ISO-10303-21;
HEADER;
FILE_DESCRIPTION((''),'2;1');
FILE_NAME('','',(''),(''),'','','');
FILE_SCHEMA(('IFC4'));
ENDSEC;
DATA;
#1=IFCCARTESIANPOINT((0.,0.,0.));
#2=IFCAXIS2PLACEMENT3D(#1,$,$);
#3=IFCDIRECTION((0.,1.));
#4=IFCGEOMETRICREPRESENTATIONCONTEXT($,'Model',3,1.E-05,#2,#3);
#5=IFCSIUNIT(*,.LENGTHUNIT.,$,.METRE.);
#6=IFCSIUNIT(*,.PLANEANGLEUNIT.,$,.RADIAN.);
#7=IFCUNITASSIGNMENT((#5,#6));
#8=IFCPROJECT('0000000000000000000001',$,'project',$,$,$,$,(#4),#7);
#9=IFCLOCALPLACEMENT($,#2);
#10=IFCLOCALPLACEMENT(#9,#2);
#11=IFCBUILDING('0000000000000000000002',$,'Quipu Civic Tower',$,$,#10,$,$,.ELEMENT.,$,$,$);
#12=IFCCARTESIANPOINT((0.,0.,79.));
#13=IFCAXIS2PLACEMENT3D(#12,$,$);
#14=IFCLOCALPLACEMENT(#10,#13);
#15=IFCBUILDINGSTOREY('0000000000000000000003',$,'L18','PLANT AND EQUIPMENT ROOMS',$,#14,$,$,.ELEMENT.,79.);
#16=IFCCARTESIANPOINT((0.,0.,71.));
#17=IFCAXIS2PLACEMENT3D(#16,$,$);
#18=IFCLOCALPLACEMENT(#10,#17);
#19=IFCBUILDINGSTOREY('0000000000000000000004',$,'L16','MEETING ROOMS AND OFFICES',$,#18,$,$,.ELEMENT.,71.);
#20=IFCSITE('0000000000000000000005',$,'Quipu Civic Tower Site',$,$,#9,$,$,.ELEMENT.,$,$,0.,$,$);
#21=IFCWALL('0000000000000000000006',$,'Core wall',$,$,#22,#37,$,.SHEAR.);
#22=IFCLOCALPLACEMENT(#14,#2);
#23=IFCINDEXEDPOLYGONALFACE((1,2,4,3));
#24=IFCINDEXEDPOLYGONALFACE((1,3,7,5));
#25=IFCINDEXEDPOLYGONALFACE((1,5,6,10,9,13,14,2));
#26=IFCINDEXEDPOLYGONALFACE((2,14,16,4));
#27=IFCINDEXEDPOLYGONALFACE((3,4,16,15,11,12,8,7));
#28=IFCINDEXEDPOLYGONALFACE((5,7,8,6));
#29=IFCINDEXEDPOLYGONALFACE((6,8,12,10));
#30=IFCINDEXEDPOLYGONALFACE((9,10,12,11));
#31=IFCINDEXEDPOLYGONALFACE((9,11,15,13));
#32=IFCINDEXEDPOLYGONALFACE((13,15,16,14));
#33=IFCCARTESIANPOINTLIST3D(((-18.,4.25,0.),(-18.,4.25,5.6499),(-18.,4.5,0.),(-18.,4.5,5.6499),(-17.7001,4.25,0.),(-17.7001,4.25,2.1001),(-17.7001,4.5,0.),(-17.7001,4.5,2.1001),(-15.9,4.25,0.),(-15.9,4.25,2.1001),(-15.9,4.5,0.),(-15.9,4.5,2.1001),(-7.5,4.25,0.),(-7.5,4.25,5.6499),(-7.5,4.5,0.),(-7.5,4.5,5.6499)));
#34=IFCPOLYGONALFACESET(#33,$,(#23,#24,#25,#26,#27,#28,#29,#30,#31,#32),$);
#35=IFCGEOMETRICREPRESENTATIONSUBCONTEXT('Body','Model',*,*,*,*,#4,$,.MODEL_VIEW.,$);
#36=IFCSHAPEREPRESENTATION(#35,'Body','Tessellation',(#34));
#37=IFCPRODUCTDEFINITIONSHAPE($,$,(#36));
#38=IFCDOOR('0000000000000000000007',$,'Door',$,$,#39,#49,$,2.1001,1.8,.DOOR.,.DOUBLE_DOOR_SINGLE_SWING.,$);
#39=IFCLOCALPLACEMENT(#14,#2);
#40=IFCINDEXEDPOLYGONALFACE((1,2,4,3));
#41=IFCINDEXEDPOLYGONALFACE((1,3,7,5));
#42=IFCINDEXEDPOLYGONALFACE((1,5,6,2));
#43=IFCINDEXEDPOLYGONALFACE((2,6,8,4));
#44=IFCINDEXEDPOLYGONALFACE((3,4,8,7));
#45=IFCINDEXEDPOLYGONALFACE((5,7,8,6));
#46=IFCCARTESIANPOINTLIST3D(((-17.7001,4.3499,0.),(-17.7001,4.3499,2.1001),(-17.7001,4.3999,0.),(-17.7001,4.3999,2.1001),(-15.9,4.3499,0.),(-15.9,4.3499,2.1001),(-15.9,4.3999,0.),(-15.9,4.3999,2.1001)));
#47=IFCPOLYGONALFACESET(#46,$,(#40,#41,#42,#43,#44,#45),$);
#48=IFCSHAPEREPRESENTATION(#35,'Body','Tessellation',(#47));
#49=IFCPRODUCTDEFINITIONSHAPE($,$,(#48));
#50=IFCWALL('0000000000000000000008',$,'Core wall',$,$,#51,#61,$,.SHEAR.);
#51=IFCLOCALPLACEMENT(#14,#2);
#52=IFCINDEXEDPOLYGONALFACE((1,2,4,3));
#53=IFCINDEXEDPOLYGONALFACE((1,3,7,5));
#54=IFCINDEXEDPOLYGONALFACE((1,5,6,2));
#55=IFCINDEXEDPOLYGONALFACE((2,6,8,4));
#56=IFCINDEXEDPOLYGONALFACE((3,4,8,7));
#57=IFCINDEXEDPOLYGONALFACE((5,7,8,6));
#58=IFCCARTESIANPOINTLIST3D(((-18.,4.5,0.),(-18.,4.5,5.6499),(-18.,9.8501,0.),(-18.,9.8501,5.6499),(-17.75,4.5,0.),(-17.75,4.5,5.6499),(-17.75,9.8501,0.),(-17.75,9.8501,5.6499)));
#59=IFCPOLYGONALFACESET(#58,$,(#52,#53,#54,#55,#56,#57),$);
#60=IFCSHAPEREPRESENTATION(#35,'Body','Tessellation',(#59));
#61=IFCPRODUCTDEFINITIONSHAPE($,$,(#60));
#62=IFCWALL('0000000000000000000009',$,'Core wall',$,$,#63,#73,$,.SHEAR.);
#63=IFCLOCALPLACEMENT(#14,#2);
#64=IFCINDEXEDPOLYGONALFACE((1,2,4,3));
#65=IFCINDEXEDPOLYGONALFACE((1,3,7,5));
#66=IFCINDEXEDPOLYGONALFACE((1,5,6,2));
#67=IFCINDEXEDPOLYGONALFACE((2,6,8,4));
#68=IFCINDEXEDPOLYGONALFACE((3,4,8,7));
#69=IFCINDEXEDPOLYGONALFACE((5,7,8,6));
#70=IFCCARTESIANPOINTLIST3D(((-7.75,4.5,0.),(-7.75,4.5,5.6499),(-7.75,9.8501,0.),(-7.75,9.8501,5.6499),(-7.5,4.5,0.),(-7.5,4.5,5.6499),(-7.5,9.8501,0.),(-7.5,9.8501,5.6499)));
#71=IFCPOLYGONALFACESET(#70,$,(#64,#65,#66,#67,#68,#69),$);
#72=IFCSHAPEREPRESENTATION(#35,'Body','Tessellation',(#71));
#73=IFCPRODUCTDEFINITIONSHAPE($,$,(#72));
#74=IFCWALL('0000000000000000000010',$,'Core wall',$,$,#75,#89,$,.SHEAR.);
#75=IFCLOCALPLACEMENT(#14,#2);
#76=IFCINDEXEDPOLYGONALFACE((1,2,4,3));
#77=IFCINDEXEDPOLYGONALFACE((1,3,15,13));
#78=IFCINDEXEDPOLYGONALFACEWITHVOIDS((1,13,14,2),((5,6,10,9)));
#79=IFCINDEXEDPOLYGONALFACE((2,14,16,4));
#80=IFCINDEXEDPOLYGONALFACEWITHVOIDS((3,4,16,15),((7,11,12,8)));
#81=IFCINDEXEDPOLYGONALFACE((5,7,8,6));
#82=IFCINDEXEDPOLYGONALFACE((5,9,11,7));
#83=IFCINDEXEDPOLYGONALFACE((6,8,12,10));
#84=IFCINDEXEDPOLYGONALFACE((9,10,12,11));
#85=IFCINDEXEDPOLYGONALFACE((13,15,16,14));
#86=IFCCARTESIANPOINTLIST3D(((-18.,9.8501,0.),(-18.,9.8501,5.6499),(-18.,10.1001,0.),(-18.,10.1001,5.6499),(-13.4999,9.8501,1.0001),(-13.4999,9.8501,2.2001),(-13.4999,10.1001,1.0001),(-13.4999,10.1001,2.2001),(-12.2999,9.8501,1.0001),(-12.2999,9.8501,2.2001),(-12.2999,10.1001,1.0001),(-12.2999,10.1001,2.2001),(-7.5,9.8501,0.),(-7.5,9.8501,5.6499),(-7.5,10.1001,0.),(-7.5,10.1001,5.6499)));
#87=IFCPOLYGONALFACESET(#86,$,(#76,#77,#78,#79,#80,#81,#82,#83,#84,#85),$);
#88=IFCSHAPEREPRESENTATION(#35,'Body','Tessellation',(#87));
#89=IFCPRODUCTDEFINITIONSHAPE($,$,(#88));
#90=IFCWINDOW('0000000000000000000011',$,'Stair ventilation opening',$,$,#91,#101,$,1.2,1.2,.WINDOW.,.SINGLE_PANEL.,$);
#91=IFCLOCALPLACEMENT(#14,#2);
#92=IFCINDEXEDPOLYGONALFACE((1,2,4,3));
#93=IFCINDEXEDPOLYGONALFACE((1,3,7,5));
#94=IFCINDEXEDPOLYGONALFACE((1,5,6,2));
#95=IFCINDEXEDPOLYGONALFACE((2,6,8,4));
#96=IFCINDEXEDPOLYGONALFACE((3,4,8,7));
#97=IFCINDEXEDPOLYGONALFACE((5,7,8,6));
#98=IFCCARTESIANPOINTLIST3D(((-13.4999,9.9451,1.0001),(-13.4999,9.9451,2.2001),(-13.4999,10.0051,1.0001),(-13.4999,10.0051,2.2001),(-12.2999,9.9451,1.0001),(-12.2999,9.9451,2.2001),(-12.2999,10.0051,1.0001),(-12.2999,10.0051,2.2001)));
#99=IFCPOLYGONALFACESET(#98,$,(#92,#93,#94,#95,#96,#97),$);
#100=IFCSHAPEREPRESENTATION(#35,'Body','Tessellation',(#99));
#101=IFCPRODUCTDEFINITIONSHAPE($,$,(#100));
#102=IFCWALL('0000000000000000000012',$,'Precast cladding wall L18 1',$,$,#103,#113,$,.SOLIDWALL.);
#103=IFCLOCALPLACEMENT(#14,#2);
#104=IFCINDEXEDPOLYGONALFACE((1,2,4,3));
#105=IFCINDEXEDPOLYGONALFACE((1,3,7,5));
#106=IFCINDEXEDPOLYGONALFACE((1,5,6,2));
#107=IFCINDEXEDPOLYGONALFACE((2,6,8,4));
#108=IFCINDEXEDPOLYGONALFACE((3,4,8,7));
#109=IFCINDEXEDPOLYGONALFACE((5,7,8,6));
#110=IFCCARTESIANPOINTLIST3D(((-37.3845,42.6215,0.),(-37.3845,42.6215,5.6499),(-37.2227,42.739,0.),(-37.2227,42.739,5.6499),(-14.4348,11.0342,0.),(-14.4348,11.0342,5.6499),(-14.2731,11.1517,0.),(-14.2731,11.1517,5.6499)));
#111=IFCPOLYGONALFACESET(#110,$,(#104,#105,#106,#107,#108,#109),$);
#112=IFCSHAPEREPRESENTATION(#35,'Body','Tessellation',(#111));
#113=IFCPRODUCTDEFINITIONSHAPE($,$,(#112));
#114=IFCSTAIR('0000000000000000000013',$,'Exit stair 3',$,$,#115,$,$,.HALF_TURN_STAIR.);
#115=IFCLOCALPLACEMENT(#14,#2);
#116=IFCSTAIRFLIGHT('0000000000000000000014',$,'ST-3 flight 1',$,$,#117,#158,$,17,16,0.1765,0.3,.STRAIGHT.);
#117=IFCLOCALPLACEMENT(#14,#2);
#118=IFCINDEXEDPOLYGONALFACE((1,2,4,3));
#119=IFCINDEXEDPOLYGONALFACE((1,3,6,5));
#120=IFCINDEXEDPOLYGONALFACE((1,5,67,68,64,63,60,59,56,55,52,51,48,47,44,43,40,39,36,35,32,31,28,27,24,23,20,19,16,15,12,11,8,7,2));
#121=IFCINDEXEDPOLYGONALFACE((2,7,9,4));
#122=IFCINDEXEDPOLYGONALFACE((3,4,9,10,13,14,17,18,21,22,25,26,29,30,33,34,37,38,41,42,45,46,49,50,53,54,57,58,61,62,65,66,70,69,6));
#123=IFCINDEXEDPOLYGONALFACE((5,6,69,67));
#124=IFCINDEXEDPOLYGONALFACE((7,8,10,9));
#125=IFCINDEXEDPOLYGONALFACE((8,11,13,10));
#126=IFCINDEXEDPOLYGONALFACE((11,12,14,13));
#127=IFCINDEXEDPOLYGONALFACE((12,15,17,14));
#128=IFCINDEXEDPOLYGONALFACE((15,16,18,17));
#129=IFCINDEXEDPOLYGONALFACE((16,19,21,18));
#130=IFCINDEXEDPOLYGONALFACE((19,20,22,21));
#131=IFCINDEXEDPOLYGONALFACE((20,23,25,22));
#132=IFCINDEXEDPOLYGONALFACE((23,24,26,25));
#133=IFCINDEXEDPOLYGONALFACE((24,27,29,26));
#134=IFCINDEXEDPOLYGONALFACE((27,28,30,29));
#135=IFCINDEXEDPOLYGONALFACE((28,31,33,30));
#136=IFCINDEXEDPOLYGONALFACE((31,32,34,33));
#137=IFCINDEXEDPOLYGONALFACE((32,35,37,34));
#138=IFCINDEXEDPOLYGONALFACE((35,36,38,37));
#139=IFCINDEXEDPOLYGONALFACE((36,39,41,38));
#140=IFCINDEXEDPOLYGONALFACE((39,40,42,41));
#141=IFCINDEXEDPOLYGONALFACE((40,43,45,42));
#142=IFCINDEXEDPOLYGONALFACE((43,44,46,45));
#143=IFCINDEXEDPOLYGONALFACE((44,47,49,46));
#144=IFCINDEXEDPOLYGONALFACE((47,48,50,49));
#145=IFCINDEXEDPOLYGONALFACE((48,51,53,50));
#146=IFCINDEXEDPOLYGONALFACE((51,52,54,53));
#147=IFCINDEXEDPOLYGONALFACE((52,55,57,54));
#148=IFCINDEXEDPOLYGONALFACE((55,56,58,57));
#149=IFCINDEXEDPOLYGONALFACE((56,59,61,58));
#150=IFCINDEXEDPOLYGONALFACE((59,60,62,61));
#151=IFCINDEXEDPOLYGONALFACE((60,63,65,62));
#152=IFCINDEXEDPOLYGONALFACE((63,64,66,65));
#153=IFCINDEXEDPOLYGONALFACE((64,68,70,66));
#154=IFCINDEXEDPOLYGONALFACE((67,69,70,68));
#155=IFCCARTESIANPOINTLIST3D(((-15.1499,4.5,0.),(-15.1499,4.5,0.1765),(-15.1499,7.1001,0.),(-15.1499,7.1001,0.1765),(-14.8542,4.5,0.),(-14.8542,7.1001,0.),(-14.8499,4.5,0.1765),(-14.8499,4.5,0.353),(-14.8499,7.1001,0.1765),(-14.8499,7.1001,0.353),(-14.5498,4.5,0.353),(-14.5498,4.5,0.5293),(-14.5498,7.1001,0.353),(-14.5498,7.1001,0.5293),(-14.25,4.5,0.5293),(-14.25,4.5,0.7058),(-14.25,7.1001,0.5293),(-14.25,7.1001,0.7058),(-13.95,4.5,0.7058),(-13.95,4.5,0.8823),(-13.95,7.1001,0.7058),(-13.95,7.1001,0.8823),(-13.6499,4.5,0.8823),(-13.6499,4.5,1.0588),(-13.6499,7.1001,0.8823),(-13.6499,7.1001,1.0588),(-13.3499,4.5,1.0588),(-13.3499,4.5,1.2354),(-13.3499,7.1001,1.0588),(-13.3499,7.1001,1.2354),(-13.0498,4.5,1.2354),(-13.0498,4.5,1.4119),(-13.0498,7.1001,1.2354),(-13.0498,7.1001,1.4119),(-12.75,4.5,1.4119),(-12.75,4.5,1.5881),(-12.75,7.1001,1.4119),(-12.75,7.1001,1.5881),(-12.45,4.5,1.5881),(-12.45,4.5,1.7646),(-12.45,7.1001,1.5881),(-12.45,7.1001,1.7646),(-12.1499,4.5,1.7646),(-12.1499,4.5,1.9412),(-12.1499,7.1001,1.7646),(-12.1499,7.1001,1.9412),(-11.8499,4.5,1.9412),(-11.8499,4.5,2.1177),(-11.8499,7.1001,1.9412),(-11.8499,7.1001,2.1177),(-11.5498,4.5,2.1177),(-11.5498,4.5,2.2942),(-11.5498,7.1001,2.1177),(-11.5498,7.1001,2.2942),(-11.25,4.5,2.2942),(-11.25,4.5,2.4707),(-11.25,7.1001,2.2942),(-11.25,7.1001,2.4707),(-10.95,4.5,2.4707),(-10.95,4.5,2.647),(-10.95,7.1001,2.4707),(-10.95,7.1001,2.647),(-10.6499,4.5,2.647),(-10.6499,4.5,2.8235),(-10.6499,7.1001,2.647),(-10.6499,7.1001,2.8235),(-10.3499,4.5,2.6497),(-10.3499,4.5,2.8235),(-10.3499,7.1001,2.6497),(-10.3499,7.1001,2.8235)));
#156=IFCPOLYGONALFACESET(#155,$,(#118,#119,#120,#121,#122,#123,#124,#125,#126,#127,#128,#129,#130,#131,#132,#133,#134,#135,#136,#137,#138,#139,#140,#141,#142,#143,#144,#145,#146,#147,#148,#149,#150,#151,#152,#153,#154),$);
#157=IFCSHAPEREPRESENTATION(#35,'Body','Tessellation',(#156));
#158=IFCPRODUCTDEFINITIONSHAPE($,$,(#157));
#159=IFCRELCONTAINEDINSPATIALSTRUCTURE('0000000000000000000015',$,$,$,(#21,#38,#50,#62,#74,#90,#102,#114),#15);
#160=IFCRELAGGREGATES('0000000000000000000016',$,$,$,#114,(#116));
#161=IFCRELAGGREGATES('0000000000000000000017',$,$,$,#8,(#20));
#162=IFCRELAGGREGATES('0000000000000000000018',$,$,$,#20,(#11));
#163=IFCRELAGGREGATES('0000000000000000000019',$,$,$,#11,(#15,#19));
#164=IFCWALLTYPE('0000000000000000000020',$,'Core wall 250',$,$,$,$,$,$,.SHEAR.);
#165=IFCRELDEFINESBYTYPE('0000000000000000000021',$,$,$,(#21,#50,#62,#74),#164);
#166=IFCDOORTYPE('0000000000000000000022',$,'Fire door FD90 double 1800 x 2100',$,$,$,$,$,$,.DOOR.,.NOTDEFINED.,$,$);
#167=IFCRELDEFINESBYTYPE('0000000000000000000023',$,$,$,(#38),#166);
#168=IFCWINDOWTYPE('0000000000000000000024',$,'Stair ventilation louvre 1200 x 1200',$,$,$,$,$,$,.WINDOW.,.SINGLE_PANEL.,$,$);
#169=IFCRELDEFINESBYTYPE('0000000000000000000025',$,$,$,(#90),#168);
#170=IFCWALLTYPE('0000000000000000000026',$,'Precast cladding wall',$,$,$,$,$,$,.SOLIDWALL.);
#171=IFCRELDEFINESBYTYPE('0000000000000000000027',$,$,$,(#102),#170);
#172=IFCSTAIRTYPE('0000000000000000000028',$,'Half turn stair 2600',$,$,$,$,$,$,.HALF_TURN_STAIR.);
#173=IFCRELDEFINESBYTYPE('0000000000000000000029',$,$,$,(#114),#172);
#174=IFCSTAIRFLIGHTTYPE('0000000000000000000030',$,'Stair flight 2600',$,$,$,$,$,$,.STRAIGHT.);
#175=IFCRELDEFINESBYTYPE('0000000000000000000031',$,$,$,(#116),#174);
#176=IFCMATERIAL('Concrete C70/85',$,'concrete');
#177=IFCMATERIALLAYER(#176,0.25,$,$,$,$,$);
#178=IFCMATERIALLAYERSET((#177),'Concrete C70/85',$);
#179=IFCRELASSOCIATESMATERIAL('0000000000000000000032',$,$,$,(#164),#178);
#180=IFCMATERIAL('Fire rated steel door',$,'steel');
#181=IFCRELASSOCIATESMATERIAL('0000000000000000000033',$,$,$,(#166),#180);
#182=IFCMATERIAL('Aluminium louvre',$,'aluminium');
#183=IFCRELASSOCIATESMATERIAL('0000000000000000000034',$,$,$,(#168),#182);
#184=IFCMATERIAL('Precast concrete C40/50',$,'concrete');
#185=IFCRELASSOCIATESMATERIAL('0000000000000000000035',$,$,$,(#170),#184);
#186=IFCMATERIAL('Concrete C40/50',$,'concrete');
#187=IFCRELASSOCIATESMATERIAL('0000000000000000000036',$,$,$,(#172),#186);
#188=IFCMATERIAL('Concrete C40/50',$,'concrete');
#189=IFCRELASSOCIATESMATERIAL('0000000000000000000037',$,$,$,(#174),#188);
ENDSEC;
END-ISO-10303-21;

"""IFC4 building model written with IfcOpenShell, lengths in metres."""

from ifc_helpers import new_model, si_unit, direction, frame, frame_2d, origin, place, context, subcontext, project, spatial, polyline, rectangle, outline, extrude, material, layer, layer_set, type_object, element, fill, aggregate, save


model = new_model("IFC4")

# Units and contexts
model_context = context("Model", 3, precision=1e-05, world=origin(), true_north=direction((0.0, 1.0)))
body_context = subcontext(model_context, "Body", "Model", "MODEL_VIEW")
ifc_project = project(units=[si_unit("LENGTHUNIT", "METRE"), si_unit("PLANEANGLEUNIT", "RADIAN")], contexts=[model_context])

# Site, building, storey
site_placement = place(None, origin())
site = spatial("IfcSite", under=ifc_project, at=site_placement, Name="Quipu Civic Tower Site", CompositionType="ELEMENT", RefElevation=0.0)
building_placement = place(site_placement, origin())
building = spatial("IfcBuilding", under=site, at=building_placement, Name="Quipu Civic Tower", CompositionType="ELEMENT")
storey_1_placement = place(building_placement, frame((0.0, 0.0, 79.0)))
storey_1 = spatial("IfcBuildingStorey", under=building, at=storey_1_placement, Name="L18", Description="PLANT AND EQUIPMENT ROOMS", CompositionType="ELEMENT", Elevation=79.0)

# Shared definitions
storey_2_placement = place(building_placement, frame((0.0, 0.0, 71.0)))
storey_2 = spatial("IfcBuildingStorey", under=building, at=storey_2_placement, Name="L16", Description="MEETING ROOMS AND OFFICES", CompositionType="ELEMENT", Elevation=71.0)

# Shared definitions
ifc_material_1 = material(Name="Concrete C70/85", Category="concrete")
ifc_layer_1 = layer(ifc_material_1, 0.25)
ifc_layer_set_1 = layer_set([ifc_layer_1], Name="Concrete C70/85")
wall_type_1 = type_object("IfcWallType", Name="Core wall 250", PredefinedType="SHEAR", material=ifc_layer_set_1)

# Wall, opening, door
wall_1_placement = place(storey_1_placement, frame((-18.0, 4.375, 0.0), z_axis=(0.0, 0.0, 1.0), x_axis=(1.0, 0.0, 0.0)))
wall_1 = element("IfcWall", 1, at=wall_1_placement, inside=storey_1, type_object=wall_type_1, Name="Core wall", PredefinedType="SHEAR", context=body_context, shape_type="SweptSolid", body=[
    extrude(rectangle(XDim=10.5, YDim=0.25, at=frame_2d((5.25, 0.0))), origin(), (0.0, 0.0, 1.0), 5.6499),
])
opening_1_placement = place(wall_1_placement, frame((0.3, 0.0, 0.0)))
opening_1 = element("IfcOpeningElement", 2, at=opening_1_placement, cuts=wall_1, PredefinedType="OPENING", context=body_context, shape_type="SweptSolid", body=[
    extrude(rectangle(XDim=1.8, YDim=2.1001, at=frame_2d((0.8999, 1.05))), frame((0.0, 0.135, 0.0), z_axis=(0.0, -1.0, 0.0), x_axis=(1.0, 0.0, 0.0)), (0.0, 0.0, 1.0), 0.27),
])
ifc_material_2 = material(Name="Fire rated steel door", Category="steel")
door_type = type_object("IfcDoorType", Name="Fire door FD90 double 1800 x 2100", OperationType="NOTDEFINED", PredefinedType="DOOR", material=ifc_material_2)
door_placement = place(opening_1_placement, origin())
door = element("IfcDoor", 3, at=door_placement, inside=storey_1, type_object=door_type, Name="Door", OperationType="DOUBLE_DOOR_SINGLE_SWING", OverallHeight=2.1001, OverallWidth=1.8, PredefinedType="DOOR", context=body_context, shape_type="SweptSolid", body=[
    extrude(rectangle(XDim=1.8, YDim=2.1001, at=frame_2d((0.8999, 1.05))), frame((0.0, 0.0249, 0.0), z_axis=(0.0, -1.0, 0.0), x_axis=(1.0, 0.0, 0.0)), (0.0, 0.0, 1.0), 0.05),
])
fill(opening_1, door)

# Walls
for number, where, z_axis, x_axis, name in (
    (4, (-17.875, 4.5, 0.0), (0.0, 0.0, 1.0), (0.0, 1.0, 0.0), "Core wall"),
    (5, (-7.625, 4.5, 0.0), (0.0, 0.0, 1.0), (0.0, 1.0, 0.0), "Core wall"),
):
    element("IfcWall", number, at=place(storey_1_placement, frame(where, z_axis=z_axis, x_axis=x_axis)), inside=storey_1, type_object=wall_type_1, Name=name, PredefinedType="SHEAR", context=body_context, shape_type="SweptSolid", body=[
        extrude(rectangle(XDim=5.3501, YDim=0.25, at=frame_2d((2.675, 0.0))), origin(), (0.0, 0.0, 1.0), 5.6499),
    ])

# Wall, opening, window
wall_2_placement = place(storey_1_placement, frame((-18.0, 9.9751, 0.0), z_axis=(0.0, 0.0, 1.0), x_axis=(1.0, 0.0, 0.0)))
wall_2 = element("IfcWall", 6, at=wall_2_placement, inside=storey_1, type_object=wall_type_1, Name="Core wall", PredefinedType="SHEAR", context=body_context, shape_type="SweptSolid", body=[
    extrude(rectangle(XDim=10.5, YDim=0.25, at=frame_2d((5.25, 0.0))), origin(), (0.0, 0.0, 1.0), 5.6499),
])
opening_2_placement = place(wall_2_placement, frame((4.5, 0.0, 1.0)))
opening_2 = element("IfcOpeningElement", 7, at=opening_2_placement, cuts=wall_2, PredefinedType="OPENING", context=body_context, shape_type="SweptSolid", body=[
    extrude(rectangle(XDim=1.2, YDim=1.2, at=frame_2d((0.6001, 0.6001))), frame((0.0, 0.135, 0.0), z_axis=(0.0, -1.0, 0.0), x_axis=(1.0, 0.0, 0.0)), (0.0, 0.0, 1.0), 0.27),
])
ifc_material_3 = material(Name="Aluminium louvre", Category="aluminium")
window_type = type_object("IfcWindowType", Name="Stair ventilation louvre 1200 x 1200", PartitioningType="SINGLE_PANEL", PredefinedType="WINDOW", material=ifc_material_3)
window_placement = place(opening_2_placement, origin())
window = element("IfcWindow", 8, at=window_placement, inside=storey_1, type_object=window_type, Name="Stair ventilation opening", OverallHeight=1.2, OverallWidth=1.2, PartitioningType="SINGLE_PANEL", PredefinedType="WINDOW", context=body_context, shape_type="SweptSolid", body=[
    extrude(rectangle(XDim=1.2, YDim=1.2, at=frame_2d((0.6001, 0.6001))), frame((0.0, 0.03, 0.0), z_axis=(0.0, -1.0, 0.0), x_axis=(1.0, 0.0, 0.0)), (0.0, 0.0, 1.0), 0.0601),
])
fill(opening_2, window)

# Wall
ifc_material_4 = material(Name="Precast concrete C40/50", Category="concrete")
wall_type_2 = type_object("IfcWallType", Name="Precast cladding wall", PredefinedType="SOLIDWALL", material=ifc_material_4)
wall_3_placement = place(storey_1_placement, frame((-14.354, 11.093, 0.0), z_axis=(0.0, 0.0, 1.0), x_axis=(-0.587787, 0.809016, 0.0)))
element("IfcWall", 9, at=wall_3_placement, inside=storey_1, type_object=wall_type_2, Name="Precast cladding wall L18 1", PredefinedType="SOLIDWALL", context=body_context, shape_type="SweptSolid", body=[
    extrude(rectangle(XDim=39.0442, YDim=0.2, at=frame_2d((19.522, 0.0))), origin(), (0.0, 0.0, 1.0), 5.6499),
])

# Stair, stair flight
ifc_material_5 = material(Name="Concrete C40/50", Category="concrete")
stair_type = type_object("IfcStairType", Name="Half turn stair 2600", PredefinedType="HALF_TURN_STAIR", material=ifc_material_5)
stair_placement = place(storey_1_placement, origin())
stair = element("IfcStair", 10, at=stair_placement, inside=storey_1, type_object=stair_type, Name="Exit stair 3", PredefinedType="HALF_TURN_STAIR")
ifc_material_6 = material(Name="Concrete C40/50", Category="concrete")
stair_flight_type = type_object("IfcStairFlightType", Name="Stair flight 2600", PredefinedType="STRAIGHT", material=ifc_material_6)
stair_flight_1_placement = place(storey_1_placement, frame((-15.1499, 5.8, 0.0), z_axis=(0.0, 0.0, 1.0), x_axis=(1.0, 0.0, 0.0)))
stair_flight_1 = element("IfcStairFlight", 11, at=stair_flight_1_placement, type_object=stair_flight_type, Name="ST-3 flight 1", NumberOfRisers=17, NumberOfTreads=16, PredefinedType="STRAIGHT", RiserHeight=0.1765, TreadLength=0.3, context=body_context, shape_type="SweptSolid", body=[
    extrude(outline(polyline([(0.0, 0.0), (0.0, 0.1765), (0.3, 0.1765), (0.3, 0.353), (0.6001, 0.353), (0.6001, 0.5293), (0.8999, 0.5293), (0.8999, 0.7058), (1.2, 0.7058), (1.2, 0.8823), (1.5, 0.8823), (1.5, 1.0588), (1.8, 1.0588), (1.8, 1.2354), (2.1001, 1.2354), (2.1001, 1.4119), (2.3999, 1.4119), (2.3999, 1.5881), (2.7, 1.5881), (2.7, 1.7646), (3.0, 1.7646), (3.0, 1.9412), (3.3, 1.9412), (3.3, 2.1177), (3.6001, 2.1177), (3.6001, 2.2942), (3.8999, 2.2942), (3.8999, 2.4707), (4.2, 2.4707), (4.2, 2.647), (4.5, 2.647), (4.5, 2.8235), (4.8, 2.8235), (4.8, 3.0), (4.8, 2.6497), (0.2957, 0.0), (0.0, 0.0)])), frame((0.0, 1.3, 0.0), z_axis=(0.0, -1.0, 0.0), x_axis=(1.0, 0.0, 0.0)), (0.0, 0.0, 1.0), 2.6001),
])
aggregate(stair, [stair_flight_1])

save(model, "model.ifc")
